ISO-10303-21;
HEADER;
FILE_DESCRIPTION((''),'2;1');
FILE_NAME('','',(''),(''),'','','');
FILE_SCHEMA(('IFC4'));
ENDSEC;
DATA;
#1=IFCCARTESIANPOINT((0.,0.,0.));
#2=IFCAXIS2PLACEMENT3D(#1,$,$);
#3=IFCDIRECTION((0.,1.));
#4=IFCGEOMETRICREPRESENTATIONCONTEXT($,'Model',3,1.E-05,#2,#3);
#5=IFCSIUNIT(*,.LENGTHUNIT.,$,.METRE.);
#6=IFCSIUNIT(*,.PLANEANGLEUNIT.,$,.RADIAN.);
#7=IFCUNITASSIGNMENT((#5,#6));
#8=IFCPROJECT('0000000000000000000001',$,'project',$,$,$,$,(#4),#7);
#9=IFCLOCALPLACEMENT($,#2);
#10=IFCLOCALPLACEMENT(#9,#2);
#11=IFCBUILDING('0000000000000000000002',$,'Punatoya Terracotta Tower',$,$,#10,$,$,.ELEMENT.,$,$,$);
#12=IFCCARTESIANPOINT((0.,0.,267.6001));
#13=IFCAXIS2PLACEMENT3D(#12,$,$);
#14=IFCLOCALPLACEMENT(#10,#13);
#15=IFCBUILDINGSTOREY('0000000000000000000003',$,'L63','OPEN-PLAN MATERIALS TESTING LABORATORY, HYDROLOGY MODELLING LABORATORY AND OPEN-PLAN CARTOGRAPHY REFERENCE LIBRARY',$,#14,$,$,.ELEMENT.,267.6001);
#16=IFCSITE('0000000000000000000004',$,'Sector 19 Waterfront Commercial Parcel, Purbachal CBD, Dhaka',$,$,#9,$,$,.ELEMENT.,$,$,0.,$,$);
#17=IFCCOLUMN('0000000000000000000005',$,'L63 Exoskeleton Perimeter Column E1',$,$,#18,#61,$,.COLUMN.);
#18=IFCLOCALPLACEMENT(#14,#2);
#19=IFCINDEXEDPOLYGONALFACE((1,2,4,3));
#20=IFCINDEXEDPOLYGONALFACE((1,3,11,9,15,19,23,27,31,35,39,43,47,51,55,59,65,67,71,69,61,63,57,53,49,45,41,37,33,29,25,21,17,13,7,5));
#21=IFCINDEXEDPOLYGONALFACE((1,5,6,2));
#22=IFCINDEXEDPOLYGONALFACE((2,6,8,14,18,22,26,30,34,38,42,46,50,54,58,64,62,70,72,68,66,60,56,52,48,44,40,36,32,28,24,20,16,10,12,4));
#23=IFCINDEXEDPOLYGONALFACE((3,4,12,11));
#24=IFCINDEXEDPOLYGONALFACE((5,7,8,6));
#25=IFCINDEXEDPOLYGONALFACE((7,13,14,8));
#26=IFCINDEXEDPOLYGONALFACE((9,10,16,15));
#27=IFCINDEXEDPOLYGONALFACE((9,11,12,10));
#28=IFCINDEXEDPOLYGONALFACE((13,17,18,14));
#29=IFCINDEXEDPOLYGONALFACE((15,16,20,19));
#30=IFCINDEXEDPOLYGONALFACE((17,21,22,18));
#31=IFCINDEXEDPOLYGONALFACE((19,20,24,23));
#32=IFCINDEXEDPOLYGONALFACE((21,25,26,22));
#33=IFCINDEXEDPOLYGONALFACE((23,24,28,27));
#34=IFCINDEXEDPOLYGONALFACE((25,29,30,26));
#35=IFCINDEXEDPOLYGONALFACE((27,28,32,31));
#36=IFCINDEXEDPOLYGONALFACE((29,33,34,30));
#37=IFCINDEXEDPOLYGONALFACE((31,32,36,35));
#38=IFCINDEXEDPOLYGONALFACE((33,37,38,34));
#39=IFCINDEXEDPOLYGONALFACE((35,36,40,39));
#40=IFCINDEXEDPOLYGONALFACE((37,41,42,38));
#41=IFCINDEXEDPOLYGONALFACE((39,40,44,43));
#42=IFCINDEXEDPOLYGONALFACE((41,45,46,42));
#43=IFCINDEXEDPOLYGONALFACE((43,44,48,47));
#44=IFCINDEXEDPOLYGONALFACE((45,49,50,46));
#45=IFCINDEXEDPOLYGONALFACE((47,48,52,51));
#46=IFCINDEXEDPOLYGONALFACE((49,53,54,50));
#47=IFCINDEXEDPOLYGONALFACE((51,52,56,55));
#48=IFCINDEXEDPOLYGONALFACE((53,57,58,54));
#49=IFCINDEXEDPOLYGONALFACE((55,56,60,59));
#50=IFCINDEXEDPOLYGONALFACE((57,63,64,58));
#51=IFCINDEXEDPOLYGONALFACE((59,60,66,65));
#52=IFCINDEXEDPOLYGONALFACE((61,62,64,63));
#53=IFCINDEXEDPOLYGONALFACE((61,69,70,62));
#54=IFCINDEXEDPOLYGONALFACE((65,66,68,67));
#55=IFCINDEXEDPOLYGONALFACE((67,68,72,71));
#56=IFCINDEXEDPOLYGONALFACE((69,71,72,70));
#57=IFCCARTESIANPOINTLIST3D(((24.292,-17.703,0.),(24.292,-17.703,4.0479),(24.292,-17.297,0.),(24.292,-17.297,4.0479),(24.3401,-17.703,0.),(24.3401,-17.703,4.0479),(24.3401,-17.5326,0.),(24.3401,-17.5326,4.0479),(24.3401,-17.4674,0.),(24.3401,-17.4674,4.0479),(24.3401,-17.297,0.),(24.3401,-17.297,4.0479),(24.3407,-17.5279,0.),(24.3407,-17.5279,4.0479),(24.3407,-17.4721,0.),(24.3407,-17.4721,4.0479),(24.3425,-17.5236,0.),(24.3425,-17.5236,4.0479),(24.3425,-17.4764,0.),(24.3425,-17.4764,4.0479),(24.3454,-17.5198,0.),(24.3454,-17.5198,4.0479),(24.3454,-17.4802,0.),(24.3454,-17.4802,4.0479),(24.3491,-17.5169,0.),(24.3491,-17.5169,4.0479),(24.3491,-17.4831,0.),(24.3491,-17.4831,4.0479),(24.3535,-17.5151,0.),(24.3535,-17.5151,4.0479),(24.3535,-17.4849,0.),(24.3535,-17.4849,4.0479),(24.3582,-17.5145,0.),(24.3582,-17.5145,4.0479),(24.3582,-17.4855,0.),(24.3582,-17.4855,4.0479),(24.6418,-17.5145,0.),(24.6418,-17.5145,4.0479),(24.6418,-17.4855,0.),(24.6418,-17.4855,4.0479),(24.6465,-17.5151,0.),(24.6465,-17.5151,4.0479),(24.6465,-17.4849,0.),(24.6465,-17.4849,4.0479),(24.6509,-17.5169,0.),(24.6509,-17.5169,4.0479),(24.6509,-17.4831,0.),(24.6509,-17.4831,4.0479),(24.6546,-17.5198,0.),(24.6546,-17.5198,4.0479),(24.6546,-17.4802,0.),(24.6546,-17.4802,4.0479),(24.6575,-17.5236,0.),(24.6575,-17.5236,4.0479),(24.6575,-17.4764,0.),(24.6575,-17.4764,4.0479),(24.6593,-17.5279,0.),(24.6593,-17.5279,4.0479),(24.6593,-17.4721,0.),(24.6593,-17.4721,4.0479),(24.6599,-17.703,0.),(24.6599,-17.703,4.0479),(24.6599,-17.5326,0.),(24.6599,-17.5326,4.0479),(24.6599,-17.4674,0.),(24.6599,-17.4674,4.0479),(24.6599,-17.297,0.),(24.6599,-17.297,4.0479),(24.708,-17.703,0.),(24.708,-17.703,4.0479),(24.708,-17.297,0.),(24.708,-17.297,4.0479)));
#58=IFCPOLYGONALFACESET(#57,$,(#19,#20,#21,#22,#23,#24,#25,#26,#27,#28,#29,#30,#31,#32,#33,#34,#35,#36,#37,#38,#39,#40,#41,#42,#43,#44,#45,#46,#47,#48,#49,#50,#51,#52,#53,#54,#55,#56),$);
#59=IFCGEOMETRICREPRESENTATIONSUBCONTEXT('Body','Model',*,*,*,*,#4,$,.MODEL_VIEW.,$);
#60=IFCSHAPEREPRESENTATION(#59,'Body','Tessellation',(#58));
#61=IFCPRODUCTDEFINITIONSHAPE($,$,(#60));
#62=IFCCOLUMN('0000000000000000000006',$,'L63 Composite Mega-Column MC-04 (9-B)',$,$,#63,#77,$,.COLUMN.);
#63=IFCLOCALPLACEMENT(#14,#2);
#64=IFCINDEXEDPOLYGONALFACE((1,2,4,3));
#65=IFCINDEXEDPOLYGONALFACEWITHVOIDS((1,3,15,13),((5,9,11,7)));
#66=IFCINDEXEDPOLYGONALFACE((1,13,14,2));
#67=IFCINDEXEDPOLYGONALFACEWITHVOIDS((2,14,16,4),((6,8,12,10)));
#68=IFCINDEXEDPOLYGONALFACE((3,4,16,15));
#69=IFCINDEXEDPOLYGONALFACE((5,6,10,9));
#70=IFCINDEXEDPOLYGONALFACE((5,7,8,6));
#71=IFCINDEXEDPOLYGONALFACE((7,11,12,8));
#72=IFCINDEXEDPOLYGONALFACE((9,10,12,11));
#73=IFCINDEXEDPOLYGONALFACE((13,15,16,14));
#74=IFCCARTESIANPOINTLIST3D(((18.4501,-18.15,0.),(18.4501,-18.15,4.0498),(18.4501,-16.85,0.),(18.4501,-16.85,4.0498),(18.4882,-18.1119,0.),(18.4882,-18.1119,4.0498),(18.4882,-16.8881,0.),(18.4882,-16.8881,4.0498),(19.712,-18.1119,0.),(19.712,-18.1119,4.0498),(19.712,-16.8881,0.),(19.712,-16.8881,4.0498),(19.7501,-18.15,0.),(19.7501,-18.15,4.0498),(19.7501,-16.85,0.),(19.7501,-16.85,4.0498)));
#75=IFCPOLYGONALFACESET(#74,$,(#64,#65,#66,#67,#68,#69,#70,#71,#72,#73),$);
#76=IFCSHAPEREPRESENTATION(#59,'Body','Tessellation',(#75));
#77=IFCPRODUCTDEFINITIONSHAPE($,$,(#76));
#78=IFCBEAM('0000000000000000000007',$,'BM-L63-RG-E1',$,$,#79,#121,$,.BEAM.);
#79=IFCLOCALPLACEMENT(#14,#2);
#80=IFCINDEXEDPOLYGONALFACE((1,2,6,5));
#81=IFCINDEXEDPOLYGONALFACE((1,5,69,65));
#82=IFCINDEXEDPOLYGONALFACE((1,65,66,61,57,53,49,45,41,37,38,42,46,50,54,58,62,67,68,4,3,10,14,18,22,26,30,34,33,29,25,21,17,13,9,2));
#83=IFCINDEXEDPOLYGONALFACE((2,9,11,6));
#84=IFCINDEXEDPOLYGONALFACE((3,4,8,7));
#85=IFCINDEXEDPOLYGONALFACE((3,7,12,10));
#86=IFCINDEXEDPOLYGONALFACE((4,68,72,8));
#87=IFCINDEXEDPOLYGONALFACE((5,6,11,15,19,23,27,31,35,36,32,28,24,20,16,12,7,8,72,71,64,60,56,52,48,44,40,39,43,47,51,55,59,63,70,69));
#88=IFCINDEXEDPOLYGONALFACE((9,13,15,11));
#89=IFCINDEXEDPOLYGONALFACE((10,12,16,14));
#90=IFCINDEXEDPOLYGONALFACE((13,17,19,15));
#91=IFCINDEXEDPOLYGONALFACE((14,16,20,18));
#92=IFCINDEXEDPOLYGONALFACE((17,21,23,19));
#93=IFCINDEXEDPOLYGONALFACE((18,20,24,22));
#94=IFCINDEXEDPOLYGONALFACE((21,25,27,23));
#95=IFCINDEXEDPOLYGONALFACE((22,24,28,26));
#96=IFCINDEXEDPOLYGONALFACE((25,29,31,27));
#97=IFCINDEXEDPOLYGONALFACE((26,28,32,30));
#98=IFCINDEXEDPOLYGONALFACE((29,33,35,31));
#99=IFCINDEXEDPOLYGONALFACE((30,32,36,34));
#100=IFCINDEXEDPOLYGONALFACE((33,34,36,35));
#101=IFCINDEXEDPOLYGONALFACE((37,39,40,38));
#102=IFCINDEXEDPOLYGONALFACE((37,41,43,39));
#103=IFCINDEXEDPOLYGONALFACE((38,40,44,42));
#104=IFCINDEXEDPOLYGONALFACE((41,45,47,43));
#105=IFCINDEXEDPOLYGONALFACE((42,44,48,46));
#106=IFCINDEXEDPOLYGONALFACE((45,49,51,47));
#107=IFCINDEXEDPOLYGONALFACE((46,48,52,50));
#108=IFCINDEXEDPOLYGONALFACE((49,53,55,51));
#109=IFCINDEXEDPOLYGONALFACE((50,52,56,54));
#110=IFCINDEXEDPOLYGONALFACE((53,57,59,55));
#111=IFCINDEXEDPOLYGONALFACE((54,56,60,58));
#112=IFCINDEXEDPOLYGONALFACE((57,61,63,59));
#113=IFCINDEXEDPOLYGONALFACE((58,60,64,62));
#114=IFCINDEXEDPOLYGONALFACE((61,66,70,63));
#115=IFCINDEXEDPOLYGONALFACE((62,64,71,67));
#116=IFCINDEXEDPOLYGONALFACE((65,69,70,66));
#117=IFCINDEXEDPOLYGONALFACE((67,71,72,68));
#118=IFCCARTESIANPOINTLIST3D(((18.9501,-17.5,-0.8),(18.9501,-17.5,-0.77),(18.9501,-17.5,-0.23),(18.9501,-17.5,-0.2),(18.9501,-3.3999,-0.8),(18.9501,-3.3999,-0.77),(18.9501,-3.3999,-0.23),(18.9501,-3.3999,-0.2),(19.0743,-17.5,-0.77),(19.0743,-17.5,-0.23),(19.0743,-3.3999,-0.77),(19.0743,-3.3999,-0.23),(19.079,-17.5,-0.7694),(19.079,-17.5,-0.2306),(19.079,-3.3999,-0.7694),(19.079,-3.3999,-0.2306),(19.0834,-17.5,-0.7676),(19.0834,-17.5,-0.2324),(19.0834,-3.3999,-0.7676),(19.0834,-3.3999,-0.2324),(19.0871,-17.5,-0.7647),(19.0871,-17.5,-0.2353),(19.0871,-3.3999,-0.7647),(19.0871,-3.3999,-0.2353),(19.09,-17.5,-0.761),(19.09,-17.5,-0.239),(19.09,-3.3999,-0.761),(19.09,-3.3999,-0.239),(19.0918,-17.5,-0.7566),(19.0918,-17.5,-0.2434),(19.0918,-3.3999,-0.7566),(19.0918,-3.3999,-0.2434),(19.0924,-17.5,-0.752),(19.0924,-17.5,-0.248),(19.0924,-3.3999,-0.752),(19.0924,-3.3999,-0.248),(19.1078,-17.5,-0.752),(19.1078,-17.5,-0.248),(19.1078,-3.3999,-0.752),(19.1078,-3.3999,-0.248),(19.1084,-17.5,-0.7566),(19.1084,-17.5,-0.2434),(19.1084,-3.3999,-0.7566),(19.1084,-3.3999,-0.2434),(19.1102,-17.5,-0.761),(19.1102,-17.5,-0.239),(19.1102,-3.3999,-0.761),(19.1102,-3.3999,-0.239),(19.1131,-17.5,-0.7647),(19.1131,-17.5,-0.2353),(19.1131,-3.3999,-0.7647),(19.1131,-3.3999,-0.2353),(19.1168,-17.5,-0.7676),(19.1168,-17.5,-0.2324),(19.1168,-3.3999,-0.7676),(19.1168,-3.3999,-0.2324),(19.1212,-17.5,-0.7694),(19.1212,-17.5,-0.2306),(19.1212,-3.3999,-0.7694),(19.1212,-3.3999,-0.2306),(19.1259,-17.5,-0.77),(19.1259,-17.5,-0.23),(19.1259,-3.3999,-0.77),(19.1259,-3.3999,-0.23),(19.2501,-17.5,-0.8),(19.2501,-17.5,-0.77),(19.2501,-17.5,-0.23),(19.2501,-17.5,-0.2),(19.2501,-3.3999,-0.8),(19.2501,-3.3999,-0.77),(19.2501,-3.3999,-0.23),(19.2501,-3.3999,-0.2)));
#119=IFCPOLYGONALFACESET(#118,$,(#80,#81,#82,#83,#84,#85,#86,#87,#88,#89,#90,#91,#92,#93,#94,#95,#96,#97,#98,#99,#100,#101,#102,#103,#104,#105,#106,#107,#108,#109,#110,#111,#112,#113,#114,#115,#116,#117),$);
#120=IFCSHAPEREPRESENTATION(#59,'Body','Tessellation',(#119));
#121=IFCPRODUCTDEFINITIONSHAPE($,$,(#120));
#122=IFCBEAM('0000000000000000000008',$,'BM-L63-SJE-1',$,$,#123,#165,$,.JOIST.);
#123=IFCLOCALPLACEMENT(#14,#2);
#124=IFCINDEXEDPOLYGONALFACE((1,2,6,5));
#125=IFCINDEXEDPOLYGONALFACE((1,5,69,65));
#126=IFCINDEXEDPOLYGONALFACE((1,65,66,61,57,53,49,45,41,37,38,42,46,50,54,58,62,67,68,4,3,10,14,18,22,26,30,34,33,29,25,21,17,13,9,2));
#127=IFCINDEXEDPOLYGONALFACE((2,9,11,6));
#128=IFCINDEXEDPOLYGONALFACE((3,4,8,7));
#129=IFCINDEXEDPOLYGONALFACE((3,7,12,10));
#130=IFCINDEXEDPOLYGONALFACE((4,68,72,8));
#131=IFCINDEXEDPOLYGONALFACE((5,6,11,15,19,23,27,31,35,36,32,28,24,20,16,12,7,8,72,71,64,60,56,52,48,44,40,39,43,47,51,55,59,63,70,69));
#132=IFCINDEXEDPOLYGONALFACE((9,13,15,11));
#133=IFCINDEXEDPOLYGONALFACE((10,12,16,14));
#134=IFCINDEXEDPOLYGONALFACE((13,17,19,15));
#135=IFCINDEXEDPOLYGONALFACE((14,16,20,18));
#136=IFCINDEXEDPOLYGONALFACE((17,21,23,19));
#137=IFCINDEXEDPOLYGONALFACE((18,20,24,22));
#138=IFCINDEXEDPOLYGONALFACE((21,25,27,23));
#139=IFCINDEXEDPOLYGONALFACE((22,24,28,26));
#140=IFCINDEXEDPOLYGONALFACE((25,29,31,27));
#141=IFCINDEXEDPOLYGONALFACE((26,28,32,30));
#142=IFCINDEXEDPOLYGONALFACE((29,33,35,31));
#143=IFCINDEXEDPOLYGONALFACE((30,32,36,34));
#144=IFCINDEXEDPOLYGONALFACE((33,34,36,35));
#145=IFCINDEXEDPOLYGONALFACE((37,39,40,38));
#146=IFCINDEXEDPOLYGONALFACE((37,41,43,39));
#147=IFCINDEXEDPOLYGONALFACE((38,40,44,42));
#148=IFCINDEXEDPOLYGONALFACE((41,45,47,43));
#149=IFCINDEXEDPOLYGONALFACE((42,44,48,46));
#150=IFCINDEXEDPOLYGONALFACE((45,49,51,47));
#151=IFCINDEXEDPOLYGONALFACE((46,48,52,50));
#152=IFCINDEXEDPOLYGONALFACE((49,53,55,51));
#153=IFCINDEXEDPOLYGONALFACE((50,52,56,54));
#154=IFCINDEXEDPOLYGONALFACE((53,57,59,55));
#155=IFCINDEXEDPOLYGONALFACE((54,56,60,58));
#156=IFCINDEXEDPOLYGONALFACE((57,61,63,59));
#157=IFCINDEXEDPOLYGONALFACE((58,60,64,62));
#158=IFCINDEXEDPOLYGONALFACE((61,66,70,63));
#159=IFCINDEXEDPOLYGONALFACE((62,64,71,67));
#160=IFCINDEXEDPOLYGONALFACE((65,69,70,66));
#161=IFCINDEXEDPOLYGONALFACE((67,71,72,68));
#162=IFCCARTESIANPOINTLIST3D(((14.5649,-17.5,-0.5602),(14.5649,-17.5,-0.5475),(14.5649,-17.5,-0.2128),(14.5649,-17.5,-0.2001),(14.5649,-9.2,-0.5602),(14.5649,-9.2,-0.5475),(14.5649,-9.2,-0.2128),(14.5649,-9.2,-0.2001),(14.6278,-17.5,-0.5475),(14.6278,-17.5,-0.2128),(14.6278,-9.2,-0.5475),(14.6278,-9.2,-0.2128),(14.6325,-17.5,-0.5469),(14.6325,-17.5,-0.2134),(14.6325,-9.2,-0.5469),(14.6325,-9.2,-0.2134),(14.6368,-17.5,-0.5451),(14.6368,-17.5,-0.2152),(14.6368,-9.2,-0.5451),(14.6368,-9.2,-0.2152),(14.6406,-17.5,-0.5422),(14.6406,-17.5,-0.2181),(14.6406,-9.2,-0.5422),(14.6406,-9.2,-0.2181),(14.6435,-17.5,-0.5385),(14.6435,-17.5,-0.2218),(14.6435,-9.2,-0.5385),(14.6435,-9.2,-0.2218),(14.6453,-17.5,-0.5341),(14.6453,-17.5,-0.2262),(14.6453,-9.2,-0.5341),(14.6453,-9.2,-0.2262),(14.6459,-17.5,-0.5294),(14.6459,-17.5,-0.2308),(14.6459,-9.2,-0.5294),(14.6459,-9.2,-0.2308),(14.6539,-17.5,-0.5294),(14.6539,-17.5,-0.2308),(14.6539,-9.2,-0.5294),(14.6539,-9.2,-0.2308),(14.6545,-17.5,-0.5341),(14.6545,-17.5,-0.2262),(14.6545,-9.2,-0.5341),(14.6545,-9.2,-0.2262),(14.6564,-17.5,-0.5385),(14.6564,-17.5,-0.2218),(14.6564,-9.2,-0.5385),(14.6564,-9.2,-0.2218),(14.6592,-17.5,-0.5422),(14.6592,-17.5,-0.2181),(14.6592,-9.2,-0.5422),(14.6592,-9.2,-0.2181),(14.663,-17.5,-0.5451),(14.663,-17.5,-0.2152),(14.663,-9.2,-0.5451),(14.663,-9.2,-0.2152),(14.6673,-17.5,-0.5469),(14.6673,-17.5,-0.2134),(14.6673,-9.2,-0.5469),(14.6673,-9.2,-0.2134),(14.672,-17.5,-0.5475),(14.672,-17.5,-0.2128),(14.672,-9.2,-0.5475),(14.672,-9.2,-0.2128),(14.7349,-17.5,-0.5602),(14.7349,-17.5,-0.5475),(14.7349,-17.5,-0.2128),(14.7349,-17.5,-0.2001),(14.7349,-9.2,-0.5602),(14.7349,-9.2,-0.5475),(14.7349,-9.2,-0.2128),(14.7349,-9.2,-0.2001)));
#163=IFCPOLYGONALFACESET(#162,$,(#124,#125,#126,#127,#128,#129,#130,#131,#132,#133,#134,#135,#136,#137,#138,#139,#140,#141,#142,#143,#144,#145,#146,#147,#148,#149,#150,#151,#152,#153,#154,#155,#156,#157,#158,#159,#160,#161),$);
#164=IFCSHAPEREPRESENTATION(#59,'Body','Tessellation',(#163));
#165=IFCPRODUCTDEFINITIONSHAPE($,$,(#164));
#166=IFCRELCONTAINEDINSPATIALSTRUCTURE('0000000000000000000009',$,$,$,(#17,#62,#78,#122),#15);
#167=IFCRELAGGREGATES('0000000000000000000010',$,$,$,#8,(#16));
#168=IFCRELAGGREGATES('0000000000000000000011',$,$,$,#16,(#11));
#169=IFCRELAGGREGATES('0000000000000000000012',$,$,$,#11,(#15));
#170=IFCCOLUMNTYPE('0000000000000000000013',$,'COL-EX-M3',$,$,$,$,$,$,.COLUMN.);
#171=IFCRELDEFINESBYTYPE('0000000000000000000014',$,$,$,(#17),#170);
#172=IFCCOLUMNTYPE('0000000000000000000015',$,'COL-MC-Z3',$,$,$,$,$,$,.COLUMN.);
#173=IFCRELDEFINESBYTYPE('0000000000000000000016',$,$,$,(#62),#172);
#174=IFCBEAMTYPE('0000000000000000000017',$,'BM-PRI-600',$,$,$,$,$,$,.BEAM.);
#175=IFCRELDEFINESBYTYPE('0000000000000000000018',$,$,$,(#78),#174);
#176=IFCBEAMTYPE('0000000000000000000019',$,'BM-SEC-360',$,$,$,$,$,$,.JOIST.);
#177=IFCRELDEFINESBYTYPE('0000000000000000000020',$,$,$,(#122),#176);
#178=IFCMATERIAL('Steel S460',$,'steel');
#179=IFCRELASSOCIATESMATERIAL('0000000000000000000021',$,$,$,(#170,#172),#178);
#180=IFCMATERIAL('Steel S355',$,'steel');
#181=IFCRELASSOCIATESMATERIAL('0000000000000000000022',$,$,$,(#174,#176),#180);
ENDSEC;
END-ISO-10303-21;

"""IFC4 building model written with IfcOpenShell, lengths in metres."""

from ifc_helpers import new_model, si_unit, direction, frame, origin, origin_2d, place, context, subcontext, project, spatial, hollow_rectangle, i_section, extrude, material, material_profile, profile_set, type_object, element, save


model = new_model("IFC4")

# Units and contexts
model_context = context("Model", 3, precision=1e-05, world=origin(), true_north=direction((0.0, 1.0)))
body_context = subcontext(model_context, "Body", "Model", "MODEL_VIEW")
ifc_project = project(units=[si_unit("LENGTHUNIT", "METRE"), si_unit("PLANEANGLEUNIT", "RADIAN")], contexts=[model_context])

# Site, building, storey
site_placement = place(None, origin())
site = spatial("IfcSite", under=ifc_project, at=site_placement, Name="Sector 19 Waterfront Commercial Parcel, Purbachal CBD, Dhaka", CompositionType="ELEMENT", RefElevation=0.0)
building_placement = place(site_placement, origin())
building = spatial("IfcBuilding", under=site, at=building_placement, Name="Punatoya Terracotta Tower", CompositionType="ELEMENT")
storey_placement = place(building_placement, frame((0.0, 0.0, 267.6001)))
storey = spatial("IfcBuildingStorey", under=building, at=storey_placement, Name="L63", Description="OPEN-PLAN MATERIALS TESTING LABORATORY, HYDROLOGY MODELLING LABORATORY AND OPEN-PLAN CARTOGRAPHY REFERENCE LIBRARY", CompositionType="ELEMENT", Elevation=267.6001)

# Columns
ifc_material_1 = material(Name="Steel S460", Category="steel")
ifc_material_profile_1 = material_profile(ifc_material_1, i_section(OverallWidth=0.406, OverallDepth=0.416, WebThickness=0.0291, FlangeThickness=0.0481, FilletRadius=0.0181, at=origin_2d()))
ifc_profile_set_1 = profile_set([ifc_material_profile_1], Name="Steel S460")
column_type_1 = type_object("IfcColumnType", Name="COL-EX-M3", PredefinedType="COLUMN", material=ifc_profile_set_1)
column_1_placement = place(storey_placement, frame((24.5, -17.5, 0.0), z_axis=(0.0, 0.0, 1.0), x_axis=(0.0, 1.0, 0.0)))
element("IfcColumn", 1, at=column_1_placement, inside=storey, type_object=column_type_1, Name="L63 Exoskeleton Perimeter Column E1", PredefinedType="COLUMN", context=body_context, shape_type="SweptSolid", body=[
    extrude(i_section(OverallWidth=0.406, OverallDepth=0.416, WebThickness=0.0291, FlangeThickness=0.0481, FilletRadius=0.0181, at=origin_2d()), origin(), (0.0, 0.0, 1.0), 4.0479),
])
ifc_material_profile_2 = material_profile(ifc_material_1, hollow_rectangle(XDim=1.3, YDim=1.3, WallThickness=0.0381, at=origin_2d()))
ifc_profile_set_2 = profile_set([ifc_material_profile_2], Name="Steel S460")
column_type_2 = type_object("IfcColumnType", Name="COL-MC-Z3", PredefinedType="COLUMN", material=ifc_profile_set_2)
column_2_placement = place(storey_placement, frame((19.1001, -17.5, 0.0), z_axis=(0.0, 0.0, 1.0), x_axis=(1.0, 0.0, 0.0)))
element("IfcColumn", 2, at=column_2_placement, inside=storey, type_object=column_type_2, Name="L63 Composite Mega-Column MC-04 (9-B)", PredefinedType="COLUMN", context=body_context, shape_type="SweptSolid", body=[
    extrude(hollow_rectangle(XDim=1.3, YDim=1.3, WallThickness=0.0381, at=origin_2d()), origin(), (0.0, 0.0, 1.0), 4.0498),
])

# Beams
ifc_material_2 = material(Name="Steel S355", Category="steel")
ifc_material_profile_3 = material_profile(ifc_material_2, i_section(OverallWidth=0.3, OverallDepth=0.6001, WebThickness=0.0154, FlangeThickness=0.03, FilletRadius=0.0181, at=origin_2d()))
ifc_profile_set_3 = profile_set([ifc_material_profile_3], Name="Steel S355")
beam_type_1 = type_object("IfcBeamType", Name="BM-PRI-600", PredefinedType="BEAM", material=ifc_profile_set_3)
beam_1_placement = place(storey_placement, frame((19.1001, -17.5, -0.5), z_axis=(0.0, 1.0, 0.0), x_axis=(-1.0, 0.0, 0.0)))
element("IfcBeam", 3, at=beam_1_placement, inside=storey, type_object=beam_type_1, Name="BM-L63-RG-E1", PredefinedType="BEAM", context=body_context, shape_type="SweptSolid", body=[
    extrude(i_section(OverallWidth=0.3, OverallDepth=0.6001, WebThickness=0.0154, FlangeThickness=0.03, FilletRadius=0.0181, at=origin_2d()), origin(), (0.0, 0.0, 1.0), 14.1001),
])
ifc_material_profile_4 = material_profile(ifc_material_2, i_section(OverallWidth=0.1699, OverallDepth=0.3601, WebThickness=0.0081, FlangeThickness=0.0127, FilletRadius=0.0181, at=origin_2d()))
ifc_profile_set_4 = profile_set([ifc_material_profile_4], Name="Steel S355")
beam_type_2 = type_object("IfcBeamType", Name="BM-SEC-360", PredefinedType="JOIST", material=ifc_profile_set_4)
beam_2_placement = place(storey_placement, frame((14.6499, -17.5, -0.3801), z_axis=(0.0, 1.0, 0.0), x_axis=(-1.0, 0.0, 0.0)))
element("IfcBeam", 4, at=beam_2_placement, inside=storey, type_object=beam_type_2, Name="BM-L63-SJE-1", PredefinedType="JOIST", context=body_context, shape_type="SweptSolid", body=[
    extrude(i_section(OverallWidth=0.1699, OverallDepth=0.3601, WebThickness=0.0081, FlangeThickness=0.0127, FilletRadius=0.0181, at=origin_2d()), origin(), (0.0, 0.0, 1.0), 8.3),
])

save(model, "model.ifc")
